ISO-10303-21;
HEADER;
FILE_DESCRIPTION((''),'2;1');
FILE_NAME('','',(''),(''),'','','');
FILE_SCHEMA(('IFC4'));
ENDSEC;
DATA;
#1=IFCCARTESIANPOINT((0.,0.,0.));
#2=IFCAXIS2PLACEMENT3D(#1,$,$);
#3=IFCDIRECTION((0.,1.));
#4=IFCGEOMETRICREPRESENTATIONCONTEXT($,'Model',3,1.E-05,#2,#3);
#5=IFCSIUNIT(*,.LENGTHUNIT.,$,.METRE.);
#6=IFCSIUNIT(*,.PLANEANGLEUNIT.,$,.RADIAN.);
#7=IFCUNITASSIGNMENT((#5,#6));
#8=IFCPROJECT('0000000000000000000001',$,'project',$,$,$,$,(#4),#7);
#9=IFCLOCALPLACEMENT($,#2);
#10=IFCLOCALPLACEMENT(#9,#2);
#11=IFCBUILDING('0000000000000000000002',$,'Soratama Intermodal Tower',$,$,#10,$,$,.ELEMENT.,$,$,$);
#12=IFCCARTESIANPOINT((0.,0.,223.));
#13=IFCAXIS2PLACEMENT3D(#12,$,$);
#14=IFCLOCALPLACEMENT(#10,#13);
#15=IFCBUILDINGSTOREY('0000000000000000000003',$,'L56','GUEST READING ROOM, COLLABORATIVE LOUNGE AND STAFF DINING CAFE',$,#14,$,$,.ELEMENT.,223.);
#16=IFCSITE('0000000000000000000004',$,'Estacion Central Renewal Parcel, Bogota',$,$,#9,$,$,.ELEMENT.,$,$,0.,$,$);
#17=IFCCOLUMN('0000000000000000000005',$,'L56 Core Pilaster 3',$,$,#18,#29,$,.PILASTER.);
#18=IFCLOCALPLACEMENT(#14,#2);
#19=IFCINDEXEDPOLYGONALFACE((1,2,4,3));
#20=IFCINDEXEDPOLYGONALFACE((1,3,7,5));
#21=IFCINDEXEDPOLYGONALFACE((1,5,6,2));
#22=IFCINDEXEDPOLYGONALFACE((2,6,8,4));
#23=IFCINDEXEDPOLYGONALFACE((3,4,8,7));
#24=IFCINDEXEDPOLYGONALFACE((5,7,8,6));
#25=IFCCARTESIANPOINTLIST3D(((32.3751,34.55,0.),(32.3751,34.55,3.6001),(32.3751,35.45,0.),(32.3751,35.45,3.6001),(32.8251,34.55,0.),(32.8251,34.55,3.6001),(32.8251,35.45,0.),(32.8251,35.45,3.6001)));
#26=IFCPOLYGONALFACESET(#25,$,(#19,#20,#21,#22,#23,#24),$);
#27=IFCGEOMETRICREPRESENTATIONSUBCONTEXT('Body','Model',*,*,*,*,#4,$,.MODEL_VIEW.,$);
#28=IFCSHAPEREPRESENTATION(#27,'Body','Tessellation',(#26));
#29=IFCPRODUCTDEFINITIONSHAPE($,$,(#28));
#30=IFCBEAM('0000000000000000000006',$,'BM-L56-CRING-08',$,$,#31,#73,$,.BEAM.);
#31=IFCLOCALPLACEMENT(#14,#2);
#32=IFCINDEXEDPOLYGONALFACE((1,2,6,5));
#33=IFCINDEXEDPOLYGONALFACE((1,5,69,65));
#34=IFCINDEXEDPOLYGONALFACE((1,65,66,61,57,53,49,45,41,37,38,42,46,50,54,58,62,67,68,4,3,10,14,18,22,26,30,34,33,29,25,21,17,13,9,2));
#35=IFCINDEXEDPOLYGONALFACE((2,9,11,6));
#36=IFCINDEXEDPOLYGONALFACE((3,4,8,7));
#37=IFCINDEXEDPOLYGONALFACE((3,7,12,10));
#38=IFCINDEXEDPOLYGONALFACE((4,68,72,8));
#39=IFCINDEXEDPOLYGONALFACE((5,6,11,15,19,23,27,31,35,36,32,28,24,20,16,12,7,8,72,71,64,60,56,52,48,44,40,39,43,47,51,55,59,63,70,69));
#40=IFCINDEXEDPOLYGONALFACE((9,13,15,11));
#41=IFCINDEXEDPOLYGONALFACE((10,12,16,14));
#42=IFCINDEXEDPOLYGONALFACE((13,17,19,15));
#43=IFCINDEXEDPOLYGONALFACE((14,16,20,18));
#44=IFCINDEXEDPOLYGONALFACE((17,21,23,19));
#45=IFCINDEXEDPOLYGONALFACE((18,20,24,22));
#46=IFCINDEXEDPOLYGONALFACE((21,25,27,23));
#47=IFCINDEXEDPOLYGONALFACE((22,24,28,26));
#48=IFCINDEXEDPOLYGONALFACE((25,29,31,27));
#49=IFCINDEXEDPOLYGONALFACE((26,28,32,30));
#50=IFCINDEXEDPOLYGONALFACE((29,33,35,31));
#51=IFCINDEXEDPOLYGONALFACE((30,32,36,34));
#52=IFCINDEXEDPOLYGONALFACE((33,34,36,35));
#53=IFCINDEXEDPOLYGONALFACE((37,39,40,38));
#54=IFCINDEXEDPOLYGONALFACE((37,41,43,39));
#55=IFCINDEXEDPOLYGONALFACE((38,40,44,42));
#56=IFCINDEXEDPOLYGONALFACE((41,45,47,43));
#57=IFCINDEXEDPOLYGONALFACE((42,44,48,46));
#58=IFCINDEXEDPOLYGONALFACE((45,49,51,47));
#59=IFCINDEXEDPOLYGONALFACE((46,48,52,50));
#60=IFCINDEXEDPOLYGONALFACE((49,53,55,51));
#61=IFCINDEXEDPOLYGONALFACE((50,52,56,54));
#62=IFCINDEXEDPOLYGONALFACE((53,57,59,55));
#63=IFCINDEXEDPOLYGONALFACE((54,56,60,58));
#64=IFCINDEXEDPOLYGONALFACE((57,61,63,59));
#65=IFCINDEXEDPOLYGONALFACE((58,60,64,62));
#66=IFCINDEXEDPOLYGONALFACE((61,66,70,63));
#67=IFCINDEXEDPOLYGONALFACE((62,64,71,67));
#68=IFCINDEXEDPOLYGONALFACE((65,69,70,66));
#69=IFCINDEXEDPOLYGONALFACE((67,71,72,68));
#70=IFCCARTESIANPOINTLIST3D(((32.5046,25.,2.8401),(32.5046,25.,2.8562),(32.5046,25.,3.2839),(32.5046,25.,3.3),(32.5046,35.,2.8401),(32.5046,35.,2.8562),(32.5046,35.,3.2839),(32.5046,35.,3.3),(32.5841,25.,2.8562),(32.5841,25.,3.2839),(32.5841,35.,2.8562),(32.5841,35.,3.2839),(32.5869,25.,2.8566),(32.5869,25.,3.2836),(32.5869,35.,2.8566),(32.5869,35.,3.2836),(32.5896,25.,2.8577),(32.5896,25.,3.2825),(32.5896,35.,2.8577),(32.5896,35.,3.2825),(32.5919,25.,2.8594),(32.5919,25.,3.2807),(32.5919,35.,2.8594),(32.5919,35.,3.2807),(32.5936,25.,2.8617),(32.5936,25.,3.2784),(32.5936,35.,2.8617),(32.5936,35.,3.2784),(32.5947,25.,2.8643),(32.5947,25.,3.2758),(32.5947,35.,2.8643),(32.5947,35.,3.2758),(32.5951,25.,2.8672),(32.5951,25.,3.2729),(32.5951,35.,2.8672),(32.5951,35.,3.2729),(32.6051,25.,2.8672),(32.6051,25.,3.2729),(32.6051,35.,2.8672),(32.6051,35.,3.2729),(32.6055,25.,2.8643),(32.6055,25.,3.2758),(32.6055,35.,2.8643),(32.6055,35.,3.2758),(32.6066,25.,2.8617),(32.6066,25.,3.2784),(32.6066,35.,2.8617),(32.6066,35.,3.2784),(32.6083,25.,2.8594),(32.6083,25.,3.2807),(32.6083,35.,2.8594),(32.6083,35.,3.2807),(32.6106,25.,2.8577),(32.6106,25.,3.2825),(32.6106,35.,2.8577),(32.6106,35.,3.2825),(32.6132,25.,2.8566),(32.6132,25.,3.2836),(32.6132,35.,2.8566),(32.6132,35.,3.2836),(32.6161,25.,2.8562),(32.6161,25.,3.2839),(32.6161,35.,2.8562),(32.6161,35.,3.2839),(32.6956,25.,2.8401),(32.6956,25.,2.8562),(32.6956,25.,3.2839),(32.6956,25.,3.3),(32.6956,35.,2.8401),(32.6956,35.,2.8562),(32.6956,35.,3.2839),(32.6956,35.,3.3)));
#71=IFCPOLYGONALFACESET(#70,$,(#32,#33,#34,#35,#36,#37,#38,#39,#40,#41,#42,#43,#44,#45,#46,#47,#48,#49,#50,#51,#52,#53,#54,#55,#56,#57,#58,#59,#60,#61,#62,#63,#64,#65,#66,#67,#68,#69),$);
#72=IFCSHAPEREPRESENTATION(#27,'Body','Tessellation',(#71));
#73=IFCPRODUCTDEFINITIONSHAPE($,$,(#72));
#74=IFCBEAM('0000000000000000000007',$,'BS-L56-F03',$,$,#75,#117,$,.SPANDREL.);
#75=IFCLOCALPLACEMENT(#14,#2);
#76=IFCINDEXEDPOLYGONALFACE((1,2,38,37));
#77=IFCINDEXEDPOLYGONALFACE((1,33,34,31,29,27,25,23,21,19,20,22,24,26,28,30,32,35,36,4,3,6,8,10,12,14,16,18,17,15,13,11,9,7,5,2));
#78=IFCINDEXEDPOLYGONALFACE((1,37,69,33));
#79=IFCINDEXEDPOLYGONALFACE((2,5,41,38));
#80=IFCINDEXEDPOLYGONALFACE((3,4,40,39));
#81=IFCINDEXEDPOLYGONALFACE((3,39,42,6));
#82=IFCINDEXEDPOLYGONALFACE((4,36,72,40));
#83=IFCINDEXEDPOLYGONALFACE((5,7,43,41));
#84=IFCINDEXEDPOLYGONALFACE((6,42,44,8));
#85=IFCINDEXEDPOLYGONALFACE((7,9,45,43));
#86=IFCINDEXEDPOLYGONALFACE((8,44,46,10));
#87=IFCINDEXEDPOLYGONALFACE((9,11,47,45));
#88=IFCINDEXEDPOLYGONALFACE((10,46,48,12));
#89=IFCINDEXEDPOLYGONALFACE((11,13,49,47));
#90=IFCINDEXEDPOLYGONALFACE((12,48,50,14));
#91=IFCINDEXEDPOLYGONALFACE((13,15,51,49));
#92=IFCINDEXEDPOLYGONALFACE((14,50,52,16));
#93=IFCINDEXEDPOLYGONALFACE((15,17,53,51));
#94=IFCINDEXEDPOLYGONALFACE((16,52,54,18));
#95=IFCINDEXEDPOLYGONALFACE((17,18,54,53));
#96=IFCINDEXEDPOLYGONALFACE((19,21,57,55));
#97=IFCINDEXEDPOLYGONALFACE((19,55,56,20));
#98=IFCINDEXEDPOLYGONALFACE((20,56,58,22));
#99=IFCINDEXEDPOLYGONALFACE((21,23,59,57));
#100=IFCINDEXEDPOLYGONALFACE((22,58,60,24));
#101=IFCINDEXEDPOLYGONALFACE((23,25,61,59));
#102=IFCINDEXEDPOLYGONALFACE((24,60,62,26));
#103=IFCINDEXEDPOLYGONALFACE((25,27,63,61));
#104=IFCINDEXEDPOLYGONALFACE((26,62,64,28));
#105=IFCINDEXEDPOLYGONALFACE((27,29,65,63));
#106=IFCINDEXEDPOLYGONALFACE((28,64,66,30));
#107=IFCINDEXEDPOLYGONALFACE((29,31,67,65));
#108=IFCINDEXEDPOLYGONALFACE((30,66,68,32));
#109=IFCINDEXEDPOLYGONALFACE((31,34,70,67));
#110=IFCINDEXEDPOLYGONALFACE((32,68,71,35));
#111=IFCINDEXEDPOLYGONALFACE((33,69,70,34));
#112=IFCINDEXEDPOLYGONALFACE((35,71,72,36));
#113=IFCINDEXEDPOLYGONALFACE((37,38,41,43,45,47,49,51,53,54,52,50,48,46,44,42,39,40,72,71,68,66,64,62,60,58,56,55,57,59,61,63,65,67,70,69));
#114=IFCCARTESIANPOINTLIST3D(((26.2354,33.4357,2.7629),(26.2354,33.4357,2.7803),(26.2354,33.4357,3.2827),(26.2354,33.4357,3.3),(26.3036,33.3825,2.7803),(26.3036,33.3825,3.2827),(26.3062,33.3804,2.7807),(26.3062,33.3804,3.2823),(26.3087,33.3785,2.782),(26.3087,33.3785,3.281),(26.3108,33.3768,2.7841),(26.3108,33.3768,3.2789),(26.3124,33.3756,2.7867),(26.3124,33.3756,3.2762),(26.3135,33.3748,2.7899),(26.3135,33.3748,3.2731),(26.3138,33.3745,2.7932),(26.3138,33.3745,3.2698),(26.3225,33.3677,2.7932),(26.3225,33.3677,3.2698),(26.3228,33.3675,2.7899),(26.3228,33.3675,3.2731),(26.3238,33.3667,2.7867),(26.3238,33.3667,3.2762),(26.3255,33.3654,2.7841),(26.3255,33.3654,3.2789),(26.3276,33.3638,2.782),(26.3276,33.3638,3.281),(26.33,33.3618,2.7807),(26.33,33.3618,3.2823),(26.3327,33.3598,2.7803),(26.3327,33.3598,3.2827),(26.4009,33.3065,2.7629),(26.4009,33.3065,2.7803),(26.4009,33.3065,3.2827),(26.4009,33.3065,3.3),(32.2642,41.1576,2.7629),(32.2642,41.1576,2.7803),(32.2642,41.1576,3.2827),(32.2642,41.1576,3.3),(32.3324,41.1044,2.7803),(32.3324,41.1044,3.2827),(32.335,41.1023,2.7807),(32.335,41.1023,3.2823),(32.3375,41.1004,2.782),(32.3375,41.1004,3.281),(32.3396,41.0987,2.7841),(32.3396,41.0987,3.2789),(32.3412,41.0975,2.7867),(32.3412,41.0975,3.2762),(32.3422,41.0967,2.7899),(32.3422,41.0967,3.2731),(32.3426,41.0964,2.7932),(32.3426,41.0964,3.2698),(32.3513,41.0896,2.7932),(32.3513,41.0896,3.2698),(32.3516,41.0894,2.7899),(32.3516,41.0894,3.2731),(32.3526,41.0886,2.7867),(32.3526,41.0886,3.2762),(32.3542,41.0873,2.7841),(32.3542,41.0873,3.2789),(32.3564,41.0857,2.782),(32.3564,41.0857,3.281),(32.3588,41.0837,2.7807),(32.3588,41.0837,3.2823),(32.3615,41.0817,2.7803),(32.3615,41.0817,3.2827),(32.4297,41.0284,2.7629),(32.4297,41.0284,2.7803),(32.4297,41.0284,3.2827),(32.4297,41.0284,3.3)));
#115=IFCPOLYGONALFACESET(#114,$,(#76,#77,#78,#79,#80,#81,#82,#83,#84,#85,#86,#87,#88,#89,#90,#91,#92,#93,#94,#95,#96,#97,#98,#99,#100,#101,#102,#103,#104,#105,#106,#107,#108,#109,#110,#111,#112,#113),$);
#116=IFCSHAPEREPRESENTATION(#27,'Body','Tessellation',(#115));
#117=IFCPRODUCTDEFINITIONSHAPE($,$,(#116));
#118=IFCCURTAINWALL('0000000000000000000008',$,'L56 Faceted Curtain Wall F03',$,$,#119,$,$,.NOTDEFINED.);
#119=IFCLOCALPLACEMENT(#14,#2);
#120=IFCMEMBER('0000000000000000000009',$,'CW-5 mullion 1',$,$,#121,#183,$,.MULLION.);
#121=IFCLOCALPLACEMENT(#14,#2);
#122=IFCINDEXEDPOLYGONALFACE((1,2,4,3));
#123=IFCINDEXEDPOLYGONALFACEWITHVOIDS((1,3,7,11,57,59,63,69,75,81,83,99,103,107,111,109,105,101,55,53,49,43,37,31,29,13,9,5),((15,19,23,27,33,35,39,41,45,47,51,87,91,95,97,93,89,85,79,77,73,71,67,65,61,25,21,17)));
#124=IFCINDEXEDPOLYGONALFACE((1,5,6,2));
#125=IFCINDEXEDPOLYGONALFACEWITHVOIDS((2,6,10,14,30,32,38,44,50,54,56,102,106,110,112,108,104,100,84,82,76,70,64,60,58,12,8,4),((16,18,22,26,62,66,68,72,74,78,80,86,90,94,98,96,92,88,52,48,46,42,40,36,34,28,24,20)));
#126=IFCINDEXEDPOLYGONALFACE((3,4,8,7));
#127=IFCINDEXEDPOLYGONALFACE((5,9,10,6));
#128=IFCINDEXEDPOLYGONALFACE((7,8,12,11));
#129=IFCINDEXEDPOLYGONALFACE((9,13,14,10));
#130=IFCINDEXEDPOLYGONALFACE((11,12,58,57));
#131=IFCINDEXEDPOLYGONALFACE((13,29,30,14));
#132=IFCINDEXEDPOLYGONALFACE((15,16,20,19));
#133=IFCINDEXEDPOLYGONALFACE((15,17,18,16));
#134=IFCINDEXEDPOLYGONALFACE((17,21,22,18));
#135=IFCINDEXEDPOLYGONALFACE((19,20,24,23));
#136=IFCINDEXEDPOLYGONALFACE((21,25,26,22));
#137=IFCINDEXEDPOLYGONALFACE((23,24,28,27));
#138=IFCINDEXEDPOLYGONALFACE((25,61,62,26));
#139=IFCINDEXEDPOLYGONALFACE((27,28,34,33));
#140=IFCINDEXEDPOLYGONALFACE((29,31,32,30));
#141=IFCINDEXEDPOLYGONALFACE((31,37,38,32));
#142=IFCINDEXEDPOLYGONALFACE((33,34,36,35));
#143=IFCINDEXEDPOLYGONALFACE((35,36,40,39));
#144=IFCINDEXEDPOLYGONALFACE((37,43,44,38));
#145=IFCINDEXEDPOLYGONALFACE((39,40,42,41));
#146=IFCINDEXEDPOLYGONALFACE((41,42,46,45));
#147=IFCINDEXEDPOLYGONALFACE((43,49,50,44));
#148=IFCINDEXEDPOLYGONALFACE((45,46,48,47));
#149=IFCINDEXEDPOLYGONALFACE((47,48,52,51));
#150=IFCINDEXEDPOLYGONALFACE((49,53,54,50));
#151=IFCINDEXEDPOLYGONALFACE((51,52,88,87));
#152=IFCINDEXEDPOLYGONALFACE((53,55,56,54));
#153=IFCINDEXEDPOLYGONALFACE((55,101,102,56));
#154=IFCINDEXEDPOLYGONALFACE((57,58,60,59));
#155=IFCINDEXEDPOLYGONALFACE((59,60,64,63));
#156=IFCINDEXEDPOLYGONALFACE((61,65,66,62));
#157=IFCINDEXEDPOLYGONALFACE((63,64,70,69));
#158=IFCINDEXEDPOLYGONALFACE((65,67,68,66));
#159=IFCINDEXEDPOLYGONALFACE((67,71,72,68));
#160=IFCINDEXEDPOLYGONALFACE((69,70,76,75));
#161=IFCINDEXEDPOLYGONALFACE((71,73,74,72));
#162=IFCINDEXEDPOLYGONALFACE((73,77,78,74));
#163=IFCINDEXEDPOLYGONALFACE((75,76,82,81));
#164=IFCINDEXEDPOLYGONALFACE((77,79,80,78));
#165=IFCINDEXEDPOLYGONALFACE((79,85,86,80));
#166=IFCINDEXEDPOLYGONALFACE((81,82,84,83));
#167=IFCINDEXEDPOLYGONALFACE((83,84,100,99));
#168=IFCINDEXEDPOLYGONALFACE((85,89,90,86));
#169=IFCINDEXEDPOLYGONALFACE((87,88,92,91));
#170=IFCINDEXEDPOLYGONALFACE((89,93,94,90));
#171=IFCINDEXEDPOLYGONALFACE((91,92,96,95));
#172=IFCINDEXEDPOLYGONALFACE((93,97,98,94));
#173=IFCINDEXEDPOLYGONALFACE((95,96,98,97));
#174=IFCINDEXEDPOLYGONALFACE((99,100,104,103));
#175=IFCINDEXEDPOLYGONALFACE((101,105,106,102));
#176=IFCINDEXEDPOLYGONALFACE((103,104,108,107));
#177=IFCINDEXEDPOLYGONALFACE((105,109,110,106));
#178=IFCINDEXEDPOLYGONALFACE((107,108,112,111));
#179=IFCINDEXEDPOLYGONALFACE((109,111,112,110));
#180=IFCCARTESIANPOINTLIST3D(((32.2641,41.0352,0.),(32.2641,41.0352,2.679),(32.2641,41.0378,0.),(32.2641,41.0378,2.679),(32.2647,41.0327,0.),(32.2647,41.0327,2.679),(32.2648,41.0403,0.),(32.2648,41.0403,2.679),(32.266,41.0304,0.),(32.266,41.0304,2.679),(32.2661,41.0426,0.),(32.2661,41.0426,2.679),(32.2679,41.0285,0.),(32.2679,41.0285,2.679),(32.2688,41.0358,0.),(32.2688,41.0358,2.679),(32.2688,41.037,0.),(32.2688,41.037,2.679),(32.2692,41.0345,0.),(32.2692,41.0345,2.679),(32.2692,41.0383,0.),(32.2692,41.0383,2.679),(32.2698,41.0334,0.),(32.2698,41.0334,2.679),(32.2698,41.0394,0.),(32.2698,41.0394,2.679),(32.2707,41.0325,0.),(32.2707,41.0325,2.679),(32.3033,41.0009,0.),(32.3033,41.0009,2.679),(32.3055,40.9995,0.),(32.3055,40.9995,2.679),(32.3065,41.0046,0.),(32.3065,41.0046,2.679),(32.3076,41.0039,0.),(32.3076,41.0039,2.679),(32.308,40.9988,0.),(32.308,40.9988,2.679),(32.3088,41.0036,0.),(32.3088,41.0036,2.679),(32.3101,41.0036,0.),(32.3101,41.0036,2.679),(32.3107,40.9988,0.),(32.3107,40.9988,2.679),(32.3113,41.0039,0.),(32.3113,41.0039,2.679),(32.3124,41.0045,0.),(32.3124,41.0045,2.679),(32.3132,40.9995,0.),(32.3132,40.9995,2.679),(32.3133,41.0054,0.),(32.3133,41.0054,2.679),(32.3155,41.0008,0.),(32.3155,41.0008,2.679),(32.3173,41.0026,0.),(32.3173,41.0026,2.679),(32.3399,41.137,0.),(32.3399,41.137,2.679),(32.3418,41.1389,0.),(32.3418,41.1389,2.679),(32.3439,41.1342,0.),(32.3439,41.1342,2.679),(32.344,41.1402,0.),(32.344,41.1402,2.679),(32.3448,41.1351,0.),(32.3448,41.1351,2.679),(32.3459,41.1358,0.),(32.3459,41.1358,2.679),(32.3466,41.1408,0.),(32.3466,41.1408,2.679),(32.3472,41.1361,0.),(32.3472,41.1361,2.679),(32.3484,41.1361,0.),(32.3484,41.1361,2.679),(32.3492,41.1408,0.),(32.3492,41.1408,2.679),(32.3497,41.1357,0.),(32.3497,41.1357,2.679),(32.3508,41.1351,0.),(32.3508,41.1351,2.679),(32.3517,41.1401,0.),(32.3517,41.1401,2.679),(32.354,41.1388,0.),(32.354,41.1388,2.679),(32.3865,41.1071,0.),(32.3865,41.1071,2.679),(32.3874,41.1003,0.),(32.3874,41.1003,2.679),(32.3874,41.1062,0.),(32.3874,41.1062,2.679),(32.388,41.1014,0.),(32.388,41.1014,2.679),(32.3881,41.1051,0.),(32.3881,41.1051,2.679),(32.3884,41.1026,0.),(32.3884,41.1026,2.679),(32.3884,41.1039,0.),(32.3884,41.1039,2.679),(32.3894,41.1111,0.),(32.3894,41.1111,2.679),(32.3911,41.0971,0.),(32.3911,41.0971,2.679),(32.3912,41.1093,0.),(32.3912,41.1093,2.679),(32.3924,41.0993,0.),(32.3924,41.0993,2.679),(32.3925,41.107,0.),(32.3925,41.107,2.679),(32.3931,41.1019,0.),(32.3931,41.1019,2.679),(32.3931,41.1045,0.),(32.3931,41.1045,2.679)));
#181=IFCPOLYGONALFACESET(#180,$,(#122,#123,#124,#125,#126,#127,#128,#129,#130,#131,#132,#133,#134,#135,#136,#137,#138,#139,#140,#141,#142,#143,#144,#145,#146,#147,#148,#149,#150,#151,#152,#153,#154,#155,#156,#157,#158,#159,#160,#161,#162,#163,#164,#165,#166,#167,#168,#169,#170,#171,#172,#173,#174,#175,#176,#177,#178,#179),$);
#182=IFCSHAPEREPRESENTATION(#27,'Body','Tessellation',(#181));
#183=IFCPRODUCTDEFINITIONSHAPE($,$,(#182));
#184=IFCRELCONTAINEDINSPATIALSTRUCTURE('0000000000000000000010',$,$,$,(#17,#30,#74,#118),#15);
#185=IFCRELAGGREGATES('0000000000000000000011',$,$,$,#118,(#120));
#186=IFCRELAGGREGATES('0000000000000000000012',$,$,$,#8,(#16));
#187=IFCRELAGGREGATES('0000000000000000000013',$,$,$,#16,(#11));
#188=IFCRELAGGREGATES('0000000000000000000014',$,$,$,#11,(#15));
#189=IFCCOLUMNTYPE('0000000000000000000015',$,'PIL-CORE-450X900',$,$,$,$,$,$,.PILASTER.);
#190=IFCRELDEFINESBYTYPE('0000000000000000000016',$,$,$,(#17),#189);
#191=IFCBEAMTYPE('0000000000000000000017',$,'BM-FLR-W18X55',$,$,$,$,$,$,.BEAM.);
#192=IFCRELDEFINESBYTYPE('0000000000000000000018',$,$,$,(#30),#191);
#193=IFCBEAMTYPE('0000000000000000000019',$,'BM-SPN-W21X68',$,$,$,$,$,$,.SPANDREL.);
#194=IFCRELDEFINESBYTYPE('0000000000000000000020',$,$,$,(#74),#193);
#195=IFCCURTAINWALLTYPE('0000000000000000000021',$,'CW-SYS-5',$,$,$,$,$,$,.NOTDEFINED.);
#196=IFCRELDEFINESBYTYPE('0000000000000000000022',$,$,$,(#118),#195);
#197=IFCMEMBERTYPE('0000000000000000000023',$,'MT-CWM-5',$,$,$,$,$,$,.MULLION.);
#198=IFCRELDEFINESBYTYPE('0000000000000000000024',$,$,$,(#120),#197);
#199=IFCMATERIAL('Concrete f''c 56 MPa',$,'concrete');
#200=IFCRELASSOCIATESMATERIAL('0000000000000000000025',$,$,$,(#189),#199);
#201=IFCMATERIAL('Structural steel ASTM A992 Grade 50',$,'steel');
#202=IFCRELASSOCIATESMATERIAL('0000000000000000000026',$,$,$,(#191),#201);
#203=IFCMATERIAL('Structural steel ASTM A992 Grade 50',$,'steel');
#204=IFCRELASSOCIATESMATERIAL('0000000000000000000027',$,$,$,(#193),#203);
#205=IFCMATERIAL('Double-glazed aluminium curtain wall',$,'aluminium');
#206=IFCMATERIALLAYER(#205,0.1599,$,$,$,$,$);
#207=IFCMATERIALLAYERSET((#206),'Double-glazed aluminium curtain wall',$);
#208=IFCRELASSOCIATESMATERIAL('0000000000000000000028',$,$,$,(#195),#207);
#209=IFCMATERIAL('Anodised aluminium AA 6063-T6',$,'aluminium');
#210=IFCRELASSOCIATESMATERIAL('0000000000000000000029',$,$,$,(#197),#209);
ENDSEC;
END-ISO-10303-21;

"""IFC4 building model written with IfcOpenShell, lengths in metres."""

from ifc_helpers import new_model, si_unit, direction, frame, origin, origin_2d, place, context, subcontext, project, spatial, rectangle, hollow_rectangle, i_section, extrude, material, layer, layer_set, material_profile, profile_set, type_object, element, aggregate, save


model = new_model("IFC4")

# Units and contexts
model_context = context("Model", 3, precision=1e-05, world=origin(), true_north=direction((0.0, 1.0)))
body_context = subcontext(model_context, "Body", "Model", "MODEL_VIEW")
ifc_project = project(units=[si_unit("LENGTHUNIT", "METRE"), si_unit("PLANEANGLEUNIT", "RADIAN")], contexts=[model_context])

# Site, building, storey
site_placement = place(None, origin())
site = spatial("IfcSite", under=ifc_project, at=site_placement, Name="Estacion Central Renewal Parcel, Bogota", CompositionType="ELEMENT", RefElevation=0.0)
building_placement = place(site_placement, origin())
building = spatial("IfcBuilding", under=site, at=building_placement, Name="Soratama Intermodal Tower", CompositionType="ELEMENT")
storey_placement = place(building_placement, frame((0.0, 0.0, 223.0)))
storey = spatial("IfcBuildingStorey", under=building, at=storey_placement, Name="L56", Description="GUEST READING ROOM, COLLABORATIVE LOUNGE AND STAFF DINING CAFE", CompositionType="ELEMENT", Elevation=223.0)

# Column
ifc_material_1 = material(Name="Concrete f'c 56 MPa", Category="concrete")
ifc_material_profile_1 = material_profile(ifc_material_1, rectangle(XDim=0.45, YDim=0.8999, at=origin_2d()), Name="RC450X900")
ifc_profile_set_1 = profile_set([ifc_material_profile_1], Name="Concrete f'c 56 MPa")
column_type = type_object("IfcColumnType", Name="PIL-CORE-450X900", PredefinedType="PILASTER", material=ifc_profile_set_1)
column_placement = place(storey_placement, frame((32.6001, 35.0, 0.0), z_axis=(0.0, 0.0, 1.0), x_axis=(1.0, 0.0, 0.0)))
element("IfcColumn", 1, at=column_placement, inside=storey, type_object=column_type, Name="L56 Core Pilaster 3", PredefinedType="PILASTER", context=body_context, shape_type="SweptSolid", body=[
    extrude(rectangle(XDim=0.45, YDim=0.8999, at=origin_2d()), origin(), (0.0, 0.0, 1.0), 3.6001),
])

# Beams
ifc_material_2 = material(Name="Structural steel ASTM A992 Grade 50", Category="steel")
ifc_material_profile_2 = material_profile(ifc_material_2, i_section(OverallWidth=0.1909, OverallDepth=0.46, WebThickness=0.01, FlangeThickness=0.0161, FilletRadius=0.011, at=origin_2d()), Name="W18X55")
ifc_profile_set_2 = profile_set([ifc_material_profile_2], Name="Structural steel ASTM A992 Grade 50")
beam_type_1 = type_object("IfcBeamType", Name="BM-FLR-W18X55", PredefinedType="BEAM", material=ifc_profile_set_2)
beam_1_placement = place(storey_placement, frame((32.6001, 35.0, 3.0701), z_axis=(0.0, -1.0, 0.0), x_axis=(1.0, 0.0, 0.0)))
element("IfcBeam", 2, at=beam_1_placement, inside=storey, type_object=beam_type_1, Name="BM-L56-CRING-08", PredefinedType="BEAM", context=body_context, shape_type="SweptSolid", body=[
    extrude(i_section(OverallWidth=0.1909, OverallDepth=0.46, WebThickness=0.01, FlangeThickness=0.0161, FilletRadius=0.011, at=origin_2d()), origin(), (0.0, 0.0, 1.0), 10.0),
])
ifc_material_3 = material(Name="Structural steel ASTM A992 Grade 50", Category="steel")
ifc_material_profile_3 = material_profile(ifc_material_3, i_section(OverallWidth=0.21, OverallDepth=0.5371, WebThickness=0.011, FlangeThickness=0.0173, FilletRadius=0.0129, at=origin_2d()), Name="W21X68")
ifc_profile_set_3 = profile_set([ifc_material_profile_3], Name="Structural steel ASTM A992 Grade 50")
beam_type_2 = type_object("IfcBeamType", Name="BM-SPN-W21X68", PredefinedType="SPANDREL", material=ifc_profile_set_3)
beam_2_placement = place(storey_placement, frame((32.3469, 41.093, 3.0315), z_axis=(-0.615394, -0.78822, 0.0), x_axis=(0.78822, -0.615394, 0.0)))
element("IfcBeam", 3, at=beam_2_placement, inside=storey, type_object=beam_type_2, Name="BS-L56-F03", PredefinedType="SPANDREL", context=body_context, shape_type="SweptSolid", body=[
    extrude(i_section(OverallWidth=0.21, OverallDepth=0.5371, WebThickness=0.011, FlangeThickness=0.0173, FilletRadius=0.0129, at=origin_2d()), origin(), (0.0, 0.0, 1.0), 9.7966),
])

# Curtain wall, member
ifc_material_4 = material(Name="Double-glazed aluminium curtain wall", Category="aluminium")
ifc_layer_1 = layer(ifc_material_4, 0.1599)
ifc_layer_set_1 = layer_set([ifc_layer_1], Name="Double-glazed aluminium curtain wall")
curtain_wall_type = type_object("IfcCurtainWallType", Name="CW-SYS-5", PredefinedType="NOTDEFINED", material=ifc_layer_set_1)
curtain_wall_placement = place(storey_placement, origin())
curtain_wall = element("IfcCurtainWall", 4, at=curtain_wall_placement, inside=storey, type_object=curtain_wall_type, Name="L56 Faceted Curtain Wall F03", PredefinedType="NOTDEFINED")
ifc_material_5 = material(Name="Anodised aluminium AA 6063-T6", Category="aluminium")
ifc_material_profile_4 = material_profile(ifc_material_5, hollow_rectangle(XDim=0.0649, YDim=0.1399, WallThickness=0.0049, InnerFilletRadius=0.0049, OuterFilletRadius=0.01, at=origin_2d()), Name="CWM140X65X5")
ifc_profile_set_4 = profile_set([ifc_material_profile_4], Name="Anodised aluminium AA 6063-T6")
member_type_1 = type_object("IfcMemberType", Name="MT-CWM-5", PredefinedType="MULLION", material=ifc_profile_set_4)
member_1_placement = place(storey_placement, frame((32.3286, 41.0698, 0.0), z_axis=(0.0, 0.0, 1.0), x_axis=(0.788224, -0.615388, 0.0)))
member_1 = element("IfcMember", 5, at=member_1_placement, type_object=member_type_1, Name="CW-5 mullion 1", PredefinedType="MULLION", context=body_context, shape_type="SweptSolid", body=[
    extrude(hollow_rectangle(XDim=0.0649, YDim=0.1399, WallThickness=0.0049, InnerFilletRadius=0.0049, OuterFilletRadius=0.01, at=origin_2d()), origin(), (0.0, 0.0, 1.0), 2.679),
])
aggregate(curtain_wall, [member_1])

save(model, "model.ifc")
